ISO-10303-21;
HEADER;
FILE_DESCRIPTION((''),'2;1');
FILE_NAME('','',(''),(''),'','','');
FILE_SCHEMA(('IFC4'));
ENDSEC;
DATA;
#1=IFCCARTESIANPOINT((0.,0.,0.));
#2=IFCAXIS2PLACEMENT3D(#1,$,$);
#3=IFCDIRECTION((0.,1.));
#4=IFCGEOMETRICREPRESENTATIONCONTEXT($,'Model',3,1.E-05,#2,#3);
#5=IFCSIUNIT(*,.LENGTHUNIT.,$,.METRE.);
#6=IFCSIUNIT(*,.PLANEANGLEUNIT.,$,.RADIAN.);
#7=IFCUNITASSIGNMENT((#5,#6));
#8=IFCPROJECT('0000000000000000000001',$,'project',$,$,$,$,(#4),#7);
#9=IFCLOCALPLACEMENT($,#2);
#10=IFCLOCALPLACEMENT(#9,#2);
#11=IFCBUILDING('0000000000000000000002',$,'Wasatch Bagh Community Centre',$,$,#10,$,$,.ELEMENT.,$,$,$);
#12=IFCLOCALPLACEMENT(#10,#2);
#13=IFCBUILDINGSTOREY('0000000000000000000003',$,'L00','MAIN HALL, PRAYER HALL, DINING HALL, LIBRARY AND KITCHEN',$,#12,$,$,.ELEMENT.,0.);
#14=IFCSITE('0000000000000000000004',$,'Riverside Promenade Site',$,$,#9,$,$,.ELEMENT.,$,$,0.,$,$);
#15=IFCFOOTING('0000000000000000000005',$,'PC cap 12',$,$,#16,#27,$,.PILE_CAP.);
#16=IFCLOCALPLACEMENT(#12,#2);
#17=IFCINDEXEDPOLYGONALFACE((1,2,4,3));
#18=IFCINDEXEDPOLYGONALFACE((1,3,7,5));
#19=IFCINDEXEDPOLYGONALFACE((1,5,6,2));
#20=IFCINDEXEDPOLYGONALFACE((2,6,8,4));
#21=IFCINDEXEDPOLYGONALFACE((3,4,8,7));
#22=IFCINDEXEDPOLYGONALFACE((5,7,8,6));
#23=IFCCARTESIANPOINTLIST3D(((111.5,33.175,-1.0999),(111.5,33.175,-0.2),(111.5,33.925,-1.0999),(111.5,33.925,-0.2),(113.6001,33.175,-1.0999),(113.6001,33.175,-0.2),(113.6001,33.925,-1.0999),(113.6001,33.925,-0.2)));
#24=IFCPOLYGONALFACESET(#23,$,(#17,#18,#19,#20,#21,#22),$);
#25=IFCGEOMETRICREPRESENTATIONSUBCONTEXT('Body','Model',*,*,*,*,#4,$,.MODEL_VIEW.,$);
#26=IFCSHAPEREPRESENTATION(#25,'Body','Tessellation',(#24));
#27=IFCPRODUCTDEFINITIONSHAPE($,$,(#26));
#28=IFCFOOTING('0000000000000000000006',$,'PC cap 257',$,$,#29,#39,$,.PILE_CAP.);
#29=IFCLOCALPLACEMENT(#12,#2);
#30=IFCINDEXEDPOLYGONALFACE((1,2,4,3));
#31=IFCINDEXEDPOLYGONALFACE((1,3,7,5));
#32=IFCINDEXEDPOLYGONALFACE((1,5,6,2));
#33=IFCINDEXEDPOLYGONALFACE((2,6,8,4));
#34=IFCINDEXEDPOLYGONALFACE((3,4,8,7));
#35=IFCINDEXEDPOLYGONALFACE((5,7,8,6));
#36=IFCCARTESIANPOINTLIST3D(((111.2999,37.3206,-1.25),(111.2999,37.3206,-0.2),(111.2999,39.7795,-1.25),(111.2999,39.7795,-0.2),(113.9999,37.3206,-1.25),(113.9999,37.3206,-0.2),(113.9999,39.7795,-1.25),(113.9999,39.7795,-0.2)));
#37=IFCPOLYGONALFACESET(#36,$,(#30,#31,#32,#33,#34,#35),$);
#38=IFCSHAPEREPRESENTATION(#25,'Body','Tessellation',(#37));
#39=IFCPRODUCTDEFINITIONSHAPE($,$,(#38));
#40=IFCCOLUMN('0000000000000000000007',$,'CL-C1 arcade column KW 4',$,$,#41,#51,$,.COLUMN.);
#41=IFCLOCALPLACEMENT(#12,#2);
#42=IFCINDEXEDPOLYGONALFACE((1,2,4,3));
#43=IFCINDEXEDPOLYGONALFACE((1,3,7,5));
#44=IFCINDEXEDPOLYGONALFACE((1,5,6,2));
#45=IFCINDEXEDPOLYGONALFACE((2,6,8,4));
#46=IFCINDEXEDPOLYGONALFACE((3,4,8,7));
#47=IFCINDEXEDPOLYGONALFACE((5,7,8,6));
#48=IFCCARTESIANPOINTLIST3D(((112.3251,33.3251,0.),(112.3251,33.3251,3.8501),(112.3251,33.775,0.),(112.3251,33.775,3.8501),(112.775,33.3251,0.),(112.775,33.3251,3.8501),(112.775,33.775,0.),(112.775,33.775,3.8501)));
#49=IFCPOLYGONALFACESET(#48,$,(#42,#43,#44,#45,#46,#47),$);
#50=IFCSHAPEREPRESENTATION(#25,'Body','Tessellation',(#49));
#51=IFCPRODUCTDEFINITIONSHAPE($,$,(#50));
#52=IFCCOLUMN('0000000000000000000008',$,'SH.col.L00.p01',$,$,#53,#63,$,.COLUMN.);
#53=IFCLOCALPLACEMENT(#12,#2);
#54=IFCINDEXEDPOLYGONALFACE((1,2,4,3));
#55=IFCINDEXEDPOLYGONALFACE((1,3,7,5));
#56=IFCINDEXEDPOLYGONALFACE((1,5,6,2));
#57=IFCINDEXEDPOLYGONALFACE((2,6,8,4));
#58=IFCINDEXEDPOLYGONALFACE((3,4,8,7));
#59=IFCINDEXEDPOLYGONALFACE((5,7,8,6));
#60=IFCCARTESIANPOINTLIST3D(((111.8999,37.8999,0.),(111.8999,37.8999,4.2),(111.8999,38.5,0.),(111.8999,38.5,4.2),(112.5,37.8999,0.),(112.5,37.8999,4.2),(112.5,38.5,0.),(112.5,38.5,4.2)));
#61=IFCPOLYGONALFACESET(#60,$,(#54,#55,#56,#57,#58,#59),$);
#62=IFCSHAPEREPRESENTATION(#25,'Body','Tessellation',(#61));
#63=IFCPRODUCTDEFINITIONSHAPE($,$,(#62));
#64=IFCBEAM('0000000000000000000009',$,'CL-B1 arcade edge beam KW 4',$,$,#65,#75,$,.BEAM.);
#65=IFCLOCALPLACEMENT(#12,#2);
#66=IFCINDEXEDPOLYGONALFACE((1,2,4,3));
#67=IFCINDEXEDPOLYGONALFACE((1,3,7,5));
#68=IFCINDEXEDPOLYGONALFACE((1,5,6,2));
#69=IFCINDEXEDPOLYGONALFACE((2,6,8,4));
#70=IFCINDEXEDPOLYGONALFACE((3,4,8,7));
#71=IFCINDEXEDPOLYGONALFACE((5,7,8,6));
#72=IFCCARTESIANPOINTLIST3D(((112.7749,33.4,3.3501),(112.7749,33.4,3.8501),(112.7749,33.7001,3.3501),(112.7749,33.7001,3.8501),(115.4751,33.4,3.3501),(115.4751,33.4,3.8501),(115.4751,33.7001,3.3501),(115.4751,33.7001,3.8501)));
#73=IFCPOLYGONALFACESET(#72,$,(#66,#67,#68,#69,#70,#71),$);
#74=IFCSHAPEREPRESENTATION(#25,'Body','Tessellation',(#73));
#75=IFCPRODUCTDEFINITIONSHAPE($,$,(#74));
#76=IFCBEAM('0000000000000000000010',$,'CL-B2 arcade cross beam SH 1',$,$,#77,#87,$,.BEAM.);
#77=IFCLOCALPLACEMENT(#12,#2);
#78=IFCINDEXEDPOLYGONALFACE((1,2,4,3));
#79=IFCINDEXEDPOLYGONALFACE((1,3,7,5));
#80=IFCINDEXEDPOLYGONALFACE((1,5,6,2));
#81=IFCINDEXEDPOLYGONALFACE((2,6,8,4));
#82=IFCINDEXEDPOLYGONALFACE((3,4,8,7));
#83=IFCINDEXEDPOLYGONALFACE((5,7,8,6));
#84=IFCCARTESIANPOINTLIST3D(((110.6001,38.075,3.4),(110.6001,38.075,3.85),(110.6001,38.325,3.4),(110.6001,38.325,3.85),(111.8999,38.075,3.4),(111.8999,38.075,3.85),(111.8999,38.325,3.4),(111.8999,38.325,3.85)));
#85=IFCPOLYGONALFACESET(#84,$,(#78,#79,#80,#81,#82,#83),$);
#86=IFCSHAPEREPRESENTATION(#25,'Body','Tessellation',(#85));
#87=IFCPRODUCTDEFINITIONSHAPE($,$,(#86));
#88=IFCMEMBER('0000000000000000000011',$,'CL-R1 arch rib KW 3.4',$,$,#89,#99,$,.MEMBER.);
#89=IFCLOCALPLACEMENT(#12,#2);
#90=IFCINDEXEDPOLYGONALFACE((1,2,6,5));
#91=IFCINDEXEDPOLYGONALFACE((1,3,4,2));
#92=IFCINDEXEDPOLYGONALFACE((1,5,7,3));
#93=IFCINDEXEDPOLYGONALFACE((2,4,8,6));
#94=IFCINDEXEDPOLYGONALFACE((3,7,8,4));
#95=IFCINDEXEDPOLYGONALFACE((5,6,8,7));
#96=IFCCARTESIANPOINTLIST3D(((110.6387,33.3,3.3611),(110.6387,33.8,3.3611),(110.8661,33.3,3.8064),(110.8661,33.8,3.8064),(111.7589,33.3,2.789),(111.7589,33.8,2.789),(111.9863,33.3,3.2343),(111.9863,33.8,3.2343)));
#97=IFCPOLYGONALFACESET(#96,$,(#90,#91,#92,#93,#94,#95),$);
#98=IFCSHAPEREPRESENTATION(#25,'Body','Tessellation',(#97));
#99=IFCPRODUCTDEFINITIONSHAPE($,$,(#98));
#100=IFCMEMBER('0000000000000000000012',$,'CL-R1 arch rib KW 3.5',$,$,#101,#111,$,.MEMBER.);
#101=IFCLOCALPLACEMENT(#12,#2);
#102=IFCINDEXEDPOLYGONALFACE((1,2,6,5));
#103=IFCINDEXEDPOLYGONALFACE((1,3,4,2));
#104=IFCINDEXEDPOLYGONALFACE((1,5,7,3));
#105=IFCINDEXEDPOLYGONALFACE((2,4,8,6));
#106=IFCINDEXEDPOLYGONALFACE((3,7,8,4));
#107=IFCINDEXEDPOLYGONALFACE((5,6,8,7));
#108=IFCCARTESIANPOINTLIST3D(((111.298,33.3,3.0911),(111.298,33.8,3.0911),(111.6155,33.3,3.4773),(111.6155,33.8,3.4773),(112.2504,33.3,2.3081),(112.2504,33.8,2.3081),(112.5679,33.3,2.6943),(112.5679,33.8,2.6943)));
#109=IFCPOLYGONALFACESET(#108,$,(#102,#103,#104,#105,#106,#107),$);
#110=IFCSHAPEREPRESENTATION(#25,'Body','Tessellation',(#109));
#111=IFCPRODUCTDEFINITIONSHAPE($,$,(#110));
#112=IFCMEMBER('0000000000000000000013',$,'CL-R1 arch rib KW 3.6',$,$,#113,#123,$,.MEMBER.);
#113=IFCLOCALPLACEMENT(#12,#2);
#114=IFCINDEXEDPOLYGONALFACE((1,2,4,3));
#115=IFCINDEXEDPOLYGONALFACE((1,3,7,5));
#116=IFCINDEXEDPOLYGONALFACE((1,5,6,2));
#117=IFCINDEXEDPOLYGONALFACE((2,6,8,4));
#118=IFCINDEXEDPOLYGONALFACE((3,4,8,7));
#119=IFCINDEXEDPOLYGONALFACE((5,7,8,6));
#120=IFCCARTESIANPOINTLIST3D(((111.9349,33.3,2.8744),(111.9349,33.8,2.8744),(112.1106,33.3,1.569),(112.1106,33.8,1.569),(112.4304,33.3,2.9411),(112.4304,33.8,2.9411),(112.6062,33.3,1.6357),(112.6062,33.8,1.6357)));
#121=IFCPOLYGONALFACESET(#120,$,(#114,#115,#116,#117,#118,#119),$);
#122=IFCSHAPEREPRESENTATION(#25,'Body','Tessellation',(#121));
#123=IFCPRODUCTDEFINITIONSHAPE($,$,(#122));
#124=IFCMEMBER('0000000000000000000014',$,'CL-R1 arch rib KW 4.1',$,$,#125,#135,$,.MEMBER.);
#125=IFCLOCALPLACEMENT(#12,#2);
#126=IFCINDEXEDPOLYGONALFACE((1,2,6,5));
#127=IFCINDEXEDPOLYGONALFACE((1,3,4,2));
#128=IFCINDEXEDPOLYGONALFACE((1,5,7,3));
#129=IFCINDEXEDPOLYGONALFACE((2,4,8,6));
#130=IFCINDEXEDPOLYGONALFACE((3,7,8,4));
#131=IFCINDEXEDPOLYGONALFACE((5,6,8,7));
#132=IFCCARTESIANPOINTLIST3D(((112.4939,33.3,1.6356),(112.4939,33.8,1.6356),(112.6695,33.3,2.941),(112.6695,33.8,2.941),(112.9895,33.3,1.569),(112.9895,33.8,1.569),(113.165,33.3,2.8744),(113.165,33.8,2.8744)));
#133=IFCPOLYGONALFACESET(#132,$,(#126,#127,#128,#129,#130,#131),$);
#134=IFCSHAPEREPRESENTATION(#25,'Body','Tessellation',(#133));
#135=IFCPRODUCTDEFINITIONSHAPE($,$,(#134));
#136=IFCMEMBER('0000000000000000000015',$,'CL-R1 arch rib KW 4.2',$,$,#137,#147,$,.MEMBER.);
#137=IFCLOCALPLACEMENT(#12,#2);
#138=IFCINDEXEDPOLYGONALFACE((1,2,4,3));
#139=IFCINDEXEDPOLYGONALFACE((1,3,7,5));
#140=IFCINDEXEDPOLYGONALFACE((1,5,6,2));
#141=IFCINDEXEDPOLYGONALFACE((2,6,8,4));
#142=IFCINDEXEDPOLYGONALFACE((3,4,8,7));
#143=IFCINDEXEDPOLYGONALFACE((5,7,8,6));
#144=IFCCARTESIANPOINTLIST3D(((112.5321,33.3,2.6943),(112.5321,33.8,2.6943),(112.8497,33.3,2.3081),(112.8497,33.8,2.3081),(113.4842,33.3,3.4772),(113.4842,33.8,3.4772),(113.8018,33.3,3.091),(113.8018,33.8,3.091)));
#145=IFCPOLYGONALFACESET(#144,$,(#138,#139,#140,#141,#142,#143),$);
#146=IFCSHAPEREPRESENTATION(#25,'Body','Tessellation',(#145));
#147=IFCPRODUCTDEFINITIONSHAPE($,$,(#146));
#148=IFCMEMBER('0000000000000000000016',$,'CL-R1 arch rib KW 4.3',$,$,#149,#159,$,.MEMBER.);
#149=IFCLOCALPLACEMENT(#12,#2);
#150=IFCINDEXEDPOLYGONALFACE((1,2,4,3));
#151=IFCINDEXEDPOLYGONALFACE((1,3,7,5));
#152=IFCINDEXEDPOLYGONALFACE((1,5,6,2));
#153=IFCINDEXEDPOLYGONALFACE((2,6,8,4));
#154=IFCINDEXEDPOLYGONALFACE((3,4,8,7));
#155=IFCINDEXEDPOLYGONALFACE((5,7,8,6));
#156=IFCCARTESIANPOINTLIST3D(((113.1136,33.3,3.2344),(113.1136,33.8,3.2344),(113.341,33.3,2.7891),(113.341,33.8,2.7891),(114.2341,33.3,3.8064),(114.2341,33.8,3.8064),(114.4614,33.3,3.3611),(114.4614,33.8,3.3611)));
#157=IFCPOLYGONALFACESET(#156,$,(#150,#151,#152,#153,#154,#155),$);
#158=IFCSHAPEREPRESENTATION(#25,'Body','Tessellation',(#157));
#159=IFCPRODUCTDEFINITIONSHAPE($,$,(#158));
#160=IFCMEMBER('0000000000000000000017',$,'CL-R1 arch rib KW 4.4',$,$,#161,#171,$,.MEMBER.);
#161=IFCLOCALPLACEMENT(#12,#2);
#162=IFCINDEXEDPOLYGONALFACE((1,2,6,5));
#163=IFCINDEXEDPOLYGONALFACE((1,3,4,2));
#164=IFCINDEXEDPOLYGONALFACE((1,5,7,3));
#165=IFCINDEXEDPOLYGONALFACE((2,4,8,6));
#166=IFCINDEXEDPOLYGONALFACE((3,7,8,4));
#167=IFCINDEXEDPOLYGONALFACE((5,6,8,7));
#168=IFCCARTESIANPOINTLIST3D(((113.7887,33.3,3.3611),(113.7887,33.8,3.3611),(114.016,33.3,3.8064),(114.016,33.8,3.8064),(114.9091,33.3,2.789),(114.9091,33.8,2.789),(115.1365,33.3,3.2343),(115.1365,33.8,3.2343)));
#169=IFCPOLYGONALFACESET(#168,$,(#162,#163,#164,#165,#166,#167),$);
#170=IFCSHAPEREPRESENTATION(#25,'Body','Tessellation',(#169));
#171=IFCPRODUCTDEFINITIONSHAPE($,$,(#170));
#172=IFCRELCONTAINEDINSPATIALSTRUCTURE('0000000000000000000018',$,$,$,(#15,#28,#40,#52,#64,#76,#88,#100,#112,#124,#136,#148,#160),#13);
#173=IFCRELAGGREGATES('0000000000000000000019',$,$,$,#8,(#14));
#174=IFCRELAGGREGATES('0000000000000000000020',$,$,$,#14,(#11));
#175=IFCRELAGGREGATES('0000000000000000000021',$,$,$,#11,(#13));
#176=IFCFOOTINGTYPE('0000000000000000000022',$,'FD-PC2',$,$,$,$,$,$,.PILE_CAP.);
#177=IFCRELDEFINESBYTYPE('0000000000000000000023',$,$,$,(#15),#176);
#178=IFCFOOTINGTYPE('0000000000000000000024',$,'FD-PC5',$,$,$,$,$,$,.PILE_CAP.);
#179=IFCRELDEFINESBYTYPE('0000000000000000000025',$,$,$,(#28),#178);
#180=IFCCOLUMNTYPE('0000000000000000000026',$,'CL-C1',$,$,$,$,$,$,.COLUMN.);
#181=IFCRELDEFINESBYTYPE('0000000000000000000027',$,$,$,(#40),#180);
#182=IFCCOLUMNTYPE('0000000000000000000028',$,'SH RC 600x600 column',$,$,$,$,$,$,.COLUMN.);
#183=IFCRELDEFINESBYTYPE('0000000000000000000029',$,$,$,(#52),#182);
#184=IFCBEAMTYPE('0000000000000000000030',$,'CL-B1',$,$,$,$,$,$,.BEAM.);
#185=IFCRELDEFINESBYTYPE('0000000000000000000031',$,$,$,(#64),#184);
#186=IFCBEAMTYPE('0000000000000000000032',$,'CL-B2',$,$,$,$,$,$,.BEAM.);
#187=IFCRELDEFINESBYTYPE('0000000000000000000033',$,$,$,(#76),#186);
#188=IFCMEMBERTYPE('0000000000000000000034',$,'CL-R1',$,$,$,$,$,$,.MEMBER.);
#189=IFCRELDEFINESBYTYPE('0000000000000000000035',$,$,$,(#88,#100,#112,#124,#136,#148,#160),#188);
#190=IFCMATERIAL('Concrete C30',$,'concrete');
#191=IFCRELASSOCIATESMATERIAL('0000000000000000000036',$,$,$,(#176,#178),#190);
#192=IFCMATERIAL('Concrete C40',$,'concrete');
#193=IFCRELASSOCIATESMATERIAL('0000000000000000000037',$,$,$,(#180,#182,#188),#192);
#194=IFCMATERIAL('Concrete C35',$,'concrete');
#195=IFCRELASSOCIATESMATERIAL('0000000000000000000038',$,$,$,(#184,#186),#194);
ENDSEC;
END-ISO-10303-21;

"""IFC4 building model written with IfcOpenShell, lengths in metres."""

from ifc_helpers import new_model, si_unit, direction, frame, origin, origin_2d, place, context, subcontext, project, spatial, rectangle, extrude, material, material_profile, profile_set, type_object, element, save


model = new_model("IFC4")

# Units and contexts
model_context = context("Model", 3, precision=1e-05, world=origin(), true_north=direction((0.0, 1.0)))
body_context = subcontext(model_context, "Body", "Model", "MODEL_VIEW")
ifc_project = project(units=[si_unit("LENGTHUNIT", "METRE"), si_unit("PLANEANGLEUNIT", "RADIAN")], contexts=[model_context])

# Site, building, storey
site_placement = place(None, origin())
site = spatial("IfcSite", under=ifc_project, at=site_placement, Name="Riverside Promenade Site", CompositionType="ELEMENT", RefElevation=0.0)
building_placement = place(site_placement, origin())
building = spatial("IfcBuilding", under=site, at=building_placement, Name="Wasatch Bagh Community Centre", CompositionType="ELEMENT")
storey_placement = place(building_placement, origin())
storey = spatial("IfcBuildingStorey", under=building, at=storey_placement, Name="L00", Description="MAIN HALL, PRAYER HALL, DINING HALL, LIBRARY AND KITCHEN", CompositionType="ELEMENT", Elevation=0.0)

# Shared definitions
ifc_material_1 = material(Name="Concrete C35", Category="concrete")

# Shared definitions
ifc_material_2 = material(Name="Concrete C30", Category="concrete")

# Footings
footing_type_1 = type_object("IfcFootingType", Name="FD-PC2", PredefinedType="PILE_CAP", material=ifc_material_2)
footing_1_placement = place(storey_placement, frame((112.55, 33.55, -1.0999), z_axis=(0.0, 0.0, 1.0), x_axis=(1.0, 0.0, 0.0)))
element("IfcFooting", 1, at=footing_1_placement, inside=storey, type_object=footing_type_1, Name="PC cap 12", PredefinedType="PILE_CAP", context=body_context, shape_type="SweptSolid", body=[
    extrude(rectangle(XDim=2.1001, YDim=0.75, at=origin_2d()), origin(), (0.0, 0.0, 1.0), 0.8999),
])
footing_type_2 = type_object("IfcFootingType", Name="FD-PC5", PredefinedType="PILE_CAP", material=ifc_material_2)
footing_2_placement = place(storey_placement, frame((112.6499, 38.55, -1.25), z_axis=(0.0, 0.0, 1.0), x_axis=(1.0, 0.0, 0.0)))
element("IfcFooting", 2, at=footing_2_placement, inside=storey, type_object=footing_type_2, Name="PC cap 257", PredefinedType="PILE_CAP", context=body_context, shape_type="SweptSolid", body=[
    extrude(rectangle(XDim=2.7, YDim=2.459, at=origin_2d()), origin(), (0.0, 0.0, 1.0), 1.05),
])

# Columns
ifc_material_3 = material(Name="Concrete C40", Category="concrete")
ifc_material_profile_1 = material_profile(ifc_material_3, rectangle(XDim=0.45, YDim=0.45, at=origin_2d()), Name="RC 450x450")
ifc_profile_set_1 = profile_set([ifc_material_profile_1], Name="Concrete C40")
column_type_1 = type_object("IfcColumnType", Name="CL-C1", PredefinedType="COLUMN", material=ifc_profile_set_1)
column_1_placement = place(storey_placement, frame((112.55, 33.55, 0.0), z_axis=(0.0, 0.0, 1.0), x_axis=(1.0, 0.0, 0.0)))
element("IfcColumn", 3, at=column_1_placement, inside=storey, type_object=column_type_1, Name="CL-C1 arcade column KW 4", PredefinedType="COLUMN", context=body_context, shape_type="SweptSolid", body=[
    extrude(rectangle(XDim=0.45, YDim=0.45, at=origin_2d()), origin(), (0.0, 0.0, 1.0), 3.8501),
])
ifc_material_profile_2 = material_profile(ifc_material_3, rectangle(XDim=0.6001, YDim=0.6001, at=origin_2d()), Name="RC 600x600")
ifc_profile_set_2 = profile_set([ifc_material_profile_2], Name="Concrete C40")
column_type_2 = type_object("IfcColumnType", Name="SH RC 600x600 column", PredefinedType="COLUMN", material=ifc_profile_set_2)
column_2_placement = place(storey_placement, frame((112.2, 38.2, 0.0), z_axis=(0.0, 0.0, 1.0), x_axis=(1.0, 0.0, 0.0)))
element("IfcColumn", 4, at=column_2_placement, inside=storey, type_object=column_type_2, Name="SH.col.L00.p01", PredefinedType="COLUMN", context=body_context, shape_type="SweptSolid", body=[
    extrude(rectangle(XDim=0.6001, YDim=0.6001, at=origin_2d()), origin(), (0.0, 0.0, 1.0), 4.2),
])

# Beams
ifc_material_profile_3 = material_profile(ifc_material_1, rectangle(XDim=0.3, YDim=0.5, at=origin_2d()), Name="RC 300x500")
ifc_profile_set_3 = profile_set([ifc_material_profile_3], Name="Concrete C35")
beam_type_1 = type_object("IfcBeamType", Name="CL-B1", PredefinedType="BEAM", material=ifc_profile_set_3)
beam_1_placement = place(storey_placement, frame((112.7749, 33.55, 3.6001), z_axis=(1.0, 0.0, 0.0), x_axis=(0.0, 1.0, 0.0)))
element("IfcBeam", 5, at=beam_1_placement, inside=storey, type_object=beam_type_1, Name="CL-B1 arcade edge beam KW 4", PredefinedType="BEAM", context=body_context, shape_type="SweptSolid", body=[
    extrude(rectangle(XDim=0.3, YDim=0.5, at=origin_2d()), origin(), (0.0, 0.0, 1.0), 2.7002),
])
ifc_material_profile_4 = material_profile(ifc_material_1, rectangle(XDim=0.25, YDim=0.45, at=origin_2d()), Name="RC 250x450")
ifc_profile_set_4 = profile_set([ifc_material_profile_4], Name="Concrete C35")
beam_type_2 = type_object("IfcBeamType", Name="CL-B2", PredefinedType="BEAM", material=ifc_profile_set_4)
beam_2_placement = place(storey_placement, frame((111.8999, 38.2, 3.625), z_axis=(-1.0, 0.0, 0.0), x_axis=(0.0, -1.0, 0.0)))
element("IfcBeam", 6, at=beam_2_placement, inside=storey, type_object=beam_type_2, Name="CL-B2 arcade cross beam SH 1", PredefinedType="BEAM", context=body_context, shape_type="SweptSolid", body=[
    extrude(rectangle(XDim=0.25, YDim=0.45, at=origin_2d()), origin(), (0.0, 0.0, 1.0), 1.2998),
])

# Members
ifc_material_profile_5 = material_profile(ifc_material_3, rectangle(XDim=0.5, YDim=0.5, at=origin_2d()), Name="RC 500x500")
ifc_profile_set_5 = profile_set([ifc_material_profile_5], Name="Concrete C40")
member_type = type_object("IfcMemberType", Name="CL-R1", PredefinedType="MEMBER", material=ifc_profile_set_5)
member_1_placement = place(storey_placement, frame((110.7524, 33.55, 3.5837), z_axis=(0.89059, 0.0, -0.454807), x_axis=(0.0, 1.0, 0.0)))
element("IfcMember", 7, at=member_1_placement, inside=storey, type_object=member_type, Name="CL-R1 arch rib KW 3.4", PredefinedType="MEMBER", context=body_context, shape_type="SweptSolid", body=[
    extrude(rectangle(XDim=0.5, YDim=0.5, at=origin_2d()), origin(), (0.0, 0.0, 1.0), 1.2578),
])
member_2_placement = place(storey_placement, frame((111.4568, 33.55, 3.2842), z_axis=(0.772473, 0.0, -0.635048), x_axis=(0.0, 1.0, 0.0)))
element("IfcMember", 8, at=member_2_placement, inside=storey, type_object=member_type, Name="CL-R1 arch rib KW 3.5", PredefinedType="MEMBER", context=body_context, shape_type="SweptSolid", body=[
    extrude(rectangle(XDim=0.5, YDim=0.5, at=origin_2d()), origin(), (0.0, 0.0, 1.0), 1.2329),
])
for number, where, z_axis, x_axis, name in (
    (9, (112.1826, 33.55, 2.9077), (0.133451, 0.0, -0.991055), (0.0, 1.0, 0.0), "CL-R1 arch rib KW 3.6"),
    (10, (112.7417, 33.55, 1.6023), (0.133268, 0.0, 0.99108), (0.0, 1.0, 0.0), "CL-R1 arch rib KW 4.1"),
):
    element("IfcMember", number, at=place(storey_placement, frame(where, z_axis=z_axis, x_axis=x_axis)), inside=storey, type_object=member_type, Name=name, PredefinedType="MEMBER", context=body_context, shape_type="SweptSolid", body=[
        extrude(rectangle(XDim=0.5, YDim=0.5, at=origin_2d()), origin(), (0.0, 0.0, 1.0), 1.3171),
    ])
member_3_placement = place(storey_placement, frame((112.6909, 33.55, 2.5012), z_axis=(0.772393, 0.0, 0.635145), x_axis=(0.0, 1.0, 0.0)))
element("IfcMember", 11, at=member_3_placement, inside=storey, type_object=member_type, Name="CL-R1 arch rib KW 4.2", PredefinedType="MEMBER", context=body_context, shape_type="SweptSolid", body=[
    extrude(rectangle(XDim=0.5, YDim=0.5, at=origin_2d()), origin(), (0.0, 0.0, 1.0), 1.2327),
])
for number, where, z_axis, x_axis, name in (
    (12, (113.2273, 33.55, 3.0117), (0.89063, 0.0, 0.454728), (0.0, 1.0, 0.0), "CL-R1 arch rib KW 4.3"),
    (13, (113.9023, 33.55, 3.5837), (0.89063, 0.0, -0.454728), (0.0, 1.0, 0.0), "CL-R1 arch rib KW 4.4"),
):
    element("IfcMember", number, at=place(storey_placement, frame(where, z_axis=z_axis, x_axis=x_axis)), inside=storey, type_object=member_type, Name=name, PredefinedType="MEMBER", context=body_context, shape_type="SweptSolid", body=[
        extrude(rectangle(XDim=0.5, YDim=0.5, at=origin_2d()), origin(), (0.0, 0.0, 1.0), 1.2581),
    ])

save(model, "model.ifc")
